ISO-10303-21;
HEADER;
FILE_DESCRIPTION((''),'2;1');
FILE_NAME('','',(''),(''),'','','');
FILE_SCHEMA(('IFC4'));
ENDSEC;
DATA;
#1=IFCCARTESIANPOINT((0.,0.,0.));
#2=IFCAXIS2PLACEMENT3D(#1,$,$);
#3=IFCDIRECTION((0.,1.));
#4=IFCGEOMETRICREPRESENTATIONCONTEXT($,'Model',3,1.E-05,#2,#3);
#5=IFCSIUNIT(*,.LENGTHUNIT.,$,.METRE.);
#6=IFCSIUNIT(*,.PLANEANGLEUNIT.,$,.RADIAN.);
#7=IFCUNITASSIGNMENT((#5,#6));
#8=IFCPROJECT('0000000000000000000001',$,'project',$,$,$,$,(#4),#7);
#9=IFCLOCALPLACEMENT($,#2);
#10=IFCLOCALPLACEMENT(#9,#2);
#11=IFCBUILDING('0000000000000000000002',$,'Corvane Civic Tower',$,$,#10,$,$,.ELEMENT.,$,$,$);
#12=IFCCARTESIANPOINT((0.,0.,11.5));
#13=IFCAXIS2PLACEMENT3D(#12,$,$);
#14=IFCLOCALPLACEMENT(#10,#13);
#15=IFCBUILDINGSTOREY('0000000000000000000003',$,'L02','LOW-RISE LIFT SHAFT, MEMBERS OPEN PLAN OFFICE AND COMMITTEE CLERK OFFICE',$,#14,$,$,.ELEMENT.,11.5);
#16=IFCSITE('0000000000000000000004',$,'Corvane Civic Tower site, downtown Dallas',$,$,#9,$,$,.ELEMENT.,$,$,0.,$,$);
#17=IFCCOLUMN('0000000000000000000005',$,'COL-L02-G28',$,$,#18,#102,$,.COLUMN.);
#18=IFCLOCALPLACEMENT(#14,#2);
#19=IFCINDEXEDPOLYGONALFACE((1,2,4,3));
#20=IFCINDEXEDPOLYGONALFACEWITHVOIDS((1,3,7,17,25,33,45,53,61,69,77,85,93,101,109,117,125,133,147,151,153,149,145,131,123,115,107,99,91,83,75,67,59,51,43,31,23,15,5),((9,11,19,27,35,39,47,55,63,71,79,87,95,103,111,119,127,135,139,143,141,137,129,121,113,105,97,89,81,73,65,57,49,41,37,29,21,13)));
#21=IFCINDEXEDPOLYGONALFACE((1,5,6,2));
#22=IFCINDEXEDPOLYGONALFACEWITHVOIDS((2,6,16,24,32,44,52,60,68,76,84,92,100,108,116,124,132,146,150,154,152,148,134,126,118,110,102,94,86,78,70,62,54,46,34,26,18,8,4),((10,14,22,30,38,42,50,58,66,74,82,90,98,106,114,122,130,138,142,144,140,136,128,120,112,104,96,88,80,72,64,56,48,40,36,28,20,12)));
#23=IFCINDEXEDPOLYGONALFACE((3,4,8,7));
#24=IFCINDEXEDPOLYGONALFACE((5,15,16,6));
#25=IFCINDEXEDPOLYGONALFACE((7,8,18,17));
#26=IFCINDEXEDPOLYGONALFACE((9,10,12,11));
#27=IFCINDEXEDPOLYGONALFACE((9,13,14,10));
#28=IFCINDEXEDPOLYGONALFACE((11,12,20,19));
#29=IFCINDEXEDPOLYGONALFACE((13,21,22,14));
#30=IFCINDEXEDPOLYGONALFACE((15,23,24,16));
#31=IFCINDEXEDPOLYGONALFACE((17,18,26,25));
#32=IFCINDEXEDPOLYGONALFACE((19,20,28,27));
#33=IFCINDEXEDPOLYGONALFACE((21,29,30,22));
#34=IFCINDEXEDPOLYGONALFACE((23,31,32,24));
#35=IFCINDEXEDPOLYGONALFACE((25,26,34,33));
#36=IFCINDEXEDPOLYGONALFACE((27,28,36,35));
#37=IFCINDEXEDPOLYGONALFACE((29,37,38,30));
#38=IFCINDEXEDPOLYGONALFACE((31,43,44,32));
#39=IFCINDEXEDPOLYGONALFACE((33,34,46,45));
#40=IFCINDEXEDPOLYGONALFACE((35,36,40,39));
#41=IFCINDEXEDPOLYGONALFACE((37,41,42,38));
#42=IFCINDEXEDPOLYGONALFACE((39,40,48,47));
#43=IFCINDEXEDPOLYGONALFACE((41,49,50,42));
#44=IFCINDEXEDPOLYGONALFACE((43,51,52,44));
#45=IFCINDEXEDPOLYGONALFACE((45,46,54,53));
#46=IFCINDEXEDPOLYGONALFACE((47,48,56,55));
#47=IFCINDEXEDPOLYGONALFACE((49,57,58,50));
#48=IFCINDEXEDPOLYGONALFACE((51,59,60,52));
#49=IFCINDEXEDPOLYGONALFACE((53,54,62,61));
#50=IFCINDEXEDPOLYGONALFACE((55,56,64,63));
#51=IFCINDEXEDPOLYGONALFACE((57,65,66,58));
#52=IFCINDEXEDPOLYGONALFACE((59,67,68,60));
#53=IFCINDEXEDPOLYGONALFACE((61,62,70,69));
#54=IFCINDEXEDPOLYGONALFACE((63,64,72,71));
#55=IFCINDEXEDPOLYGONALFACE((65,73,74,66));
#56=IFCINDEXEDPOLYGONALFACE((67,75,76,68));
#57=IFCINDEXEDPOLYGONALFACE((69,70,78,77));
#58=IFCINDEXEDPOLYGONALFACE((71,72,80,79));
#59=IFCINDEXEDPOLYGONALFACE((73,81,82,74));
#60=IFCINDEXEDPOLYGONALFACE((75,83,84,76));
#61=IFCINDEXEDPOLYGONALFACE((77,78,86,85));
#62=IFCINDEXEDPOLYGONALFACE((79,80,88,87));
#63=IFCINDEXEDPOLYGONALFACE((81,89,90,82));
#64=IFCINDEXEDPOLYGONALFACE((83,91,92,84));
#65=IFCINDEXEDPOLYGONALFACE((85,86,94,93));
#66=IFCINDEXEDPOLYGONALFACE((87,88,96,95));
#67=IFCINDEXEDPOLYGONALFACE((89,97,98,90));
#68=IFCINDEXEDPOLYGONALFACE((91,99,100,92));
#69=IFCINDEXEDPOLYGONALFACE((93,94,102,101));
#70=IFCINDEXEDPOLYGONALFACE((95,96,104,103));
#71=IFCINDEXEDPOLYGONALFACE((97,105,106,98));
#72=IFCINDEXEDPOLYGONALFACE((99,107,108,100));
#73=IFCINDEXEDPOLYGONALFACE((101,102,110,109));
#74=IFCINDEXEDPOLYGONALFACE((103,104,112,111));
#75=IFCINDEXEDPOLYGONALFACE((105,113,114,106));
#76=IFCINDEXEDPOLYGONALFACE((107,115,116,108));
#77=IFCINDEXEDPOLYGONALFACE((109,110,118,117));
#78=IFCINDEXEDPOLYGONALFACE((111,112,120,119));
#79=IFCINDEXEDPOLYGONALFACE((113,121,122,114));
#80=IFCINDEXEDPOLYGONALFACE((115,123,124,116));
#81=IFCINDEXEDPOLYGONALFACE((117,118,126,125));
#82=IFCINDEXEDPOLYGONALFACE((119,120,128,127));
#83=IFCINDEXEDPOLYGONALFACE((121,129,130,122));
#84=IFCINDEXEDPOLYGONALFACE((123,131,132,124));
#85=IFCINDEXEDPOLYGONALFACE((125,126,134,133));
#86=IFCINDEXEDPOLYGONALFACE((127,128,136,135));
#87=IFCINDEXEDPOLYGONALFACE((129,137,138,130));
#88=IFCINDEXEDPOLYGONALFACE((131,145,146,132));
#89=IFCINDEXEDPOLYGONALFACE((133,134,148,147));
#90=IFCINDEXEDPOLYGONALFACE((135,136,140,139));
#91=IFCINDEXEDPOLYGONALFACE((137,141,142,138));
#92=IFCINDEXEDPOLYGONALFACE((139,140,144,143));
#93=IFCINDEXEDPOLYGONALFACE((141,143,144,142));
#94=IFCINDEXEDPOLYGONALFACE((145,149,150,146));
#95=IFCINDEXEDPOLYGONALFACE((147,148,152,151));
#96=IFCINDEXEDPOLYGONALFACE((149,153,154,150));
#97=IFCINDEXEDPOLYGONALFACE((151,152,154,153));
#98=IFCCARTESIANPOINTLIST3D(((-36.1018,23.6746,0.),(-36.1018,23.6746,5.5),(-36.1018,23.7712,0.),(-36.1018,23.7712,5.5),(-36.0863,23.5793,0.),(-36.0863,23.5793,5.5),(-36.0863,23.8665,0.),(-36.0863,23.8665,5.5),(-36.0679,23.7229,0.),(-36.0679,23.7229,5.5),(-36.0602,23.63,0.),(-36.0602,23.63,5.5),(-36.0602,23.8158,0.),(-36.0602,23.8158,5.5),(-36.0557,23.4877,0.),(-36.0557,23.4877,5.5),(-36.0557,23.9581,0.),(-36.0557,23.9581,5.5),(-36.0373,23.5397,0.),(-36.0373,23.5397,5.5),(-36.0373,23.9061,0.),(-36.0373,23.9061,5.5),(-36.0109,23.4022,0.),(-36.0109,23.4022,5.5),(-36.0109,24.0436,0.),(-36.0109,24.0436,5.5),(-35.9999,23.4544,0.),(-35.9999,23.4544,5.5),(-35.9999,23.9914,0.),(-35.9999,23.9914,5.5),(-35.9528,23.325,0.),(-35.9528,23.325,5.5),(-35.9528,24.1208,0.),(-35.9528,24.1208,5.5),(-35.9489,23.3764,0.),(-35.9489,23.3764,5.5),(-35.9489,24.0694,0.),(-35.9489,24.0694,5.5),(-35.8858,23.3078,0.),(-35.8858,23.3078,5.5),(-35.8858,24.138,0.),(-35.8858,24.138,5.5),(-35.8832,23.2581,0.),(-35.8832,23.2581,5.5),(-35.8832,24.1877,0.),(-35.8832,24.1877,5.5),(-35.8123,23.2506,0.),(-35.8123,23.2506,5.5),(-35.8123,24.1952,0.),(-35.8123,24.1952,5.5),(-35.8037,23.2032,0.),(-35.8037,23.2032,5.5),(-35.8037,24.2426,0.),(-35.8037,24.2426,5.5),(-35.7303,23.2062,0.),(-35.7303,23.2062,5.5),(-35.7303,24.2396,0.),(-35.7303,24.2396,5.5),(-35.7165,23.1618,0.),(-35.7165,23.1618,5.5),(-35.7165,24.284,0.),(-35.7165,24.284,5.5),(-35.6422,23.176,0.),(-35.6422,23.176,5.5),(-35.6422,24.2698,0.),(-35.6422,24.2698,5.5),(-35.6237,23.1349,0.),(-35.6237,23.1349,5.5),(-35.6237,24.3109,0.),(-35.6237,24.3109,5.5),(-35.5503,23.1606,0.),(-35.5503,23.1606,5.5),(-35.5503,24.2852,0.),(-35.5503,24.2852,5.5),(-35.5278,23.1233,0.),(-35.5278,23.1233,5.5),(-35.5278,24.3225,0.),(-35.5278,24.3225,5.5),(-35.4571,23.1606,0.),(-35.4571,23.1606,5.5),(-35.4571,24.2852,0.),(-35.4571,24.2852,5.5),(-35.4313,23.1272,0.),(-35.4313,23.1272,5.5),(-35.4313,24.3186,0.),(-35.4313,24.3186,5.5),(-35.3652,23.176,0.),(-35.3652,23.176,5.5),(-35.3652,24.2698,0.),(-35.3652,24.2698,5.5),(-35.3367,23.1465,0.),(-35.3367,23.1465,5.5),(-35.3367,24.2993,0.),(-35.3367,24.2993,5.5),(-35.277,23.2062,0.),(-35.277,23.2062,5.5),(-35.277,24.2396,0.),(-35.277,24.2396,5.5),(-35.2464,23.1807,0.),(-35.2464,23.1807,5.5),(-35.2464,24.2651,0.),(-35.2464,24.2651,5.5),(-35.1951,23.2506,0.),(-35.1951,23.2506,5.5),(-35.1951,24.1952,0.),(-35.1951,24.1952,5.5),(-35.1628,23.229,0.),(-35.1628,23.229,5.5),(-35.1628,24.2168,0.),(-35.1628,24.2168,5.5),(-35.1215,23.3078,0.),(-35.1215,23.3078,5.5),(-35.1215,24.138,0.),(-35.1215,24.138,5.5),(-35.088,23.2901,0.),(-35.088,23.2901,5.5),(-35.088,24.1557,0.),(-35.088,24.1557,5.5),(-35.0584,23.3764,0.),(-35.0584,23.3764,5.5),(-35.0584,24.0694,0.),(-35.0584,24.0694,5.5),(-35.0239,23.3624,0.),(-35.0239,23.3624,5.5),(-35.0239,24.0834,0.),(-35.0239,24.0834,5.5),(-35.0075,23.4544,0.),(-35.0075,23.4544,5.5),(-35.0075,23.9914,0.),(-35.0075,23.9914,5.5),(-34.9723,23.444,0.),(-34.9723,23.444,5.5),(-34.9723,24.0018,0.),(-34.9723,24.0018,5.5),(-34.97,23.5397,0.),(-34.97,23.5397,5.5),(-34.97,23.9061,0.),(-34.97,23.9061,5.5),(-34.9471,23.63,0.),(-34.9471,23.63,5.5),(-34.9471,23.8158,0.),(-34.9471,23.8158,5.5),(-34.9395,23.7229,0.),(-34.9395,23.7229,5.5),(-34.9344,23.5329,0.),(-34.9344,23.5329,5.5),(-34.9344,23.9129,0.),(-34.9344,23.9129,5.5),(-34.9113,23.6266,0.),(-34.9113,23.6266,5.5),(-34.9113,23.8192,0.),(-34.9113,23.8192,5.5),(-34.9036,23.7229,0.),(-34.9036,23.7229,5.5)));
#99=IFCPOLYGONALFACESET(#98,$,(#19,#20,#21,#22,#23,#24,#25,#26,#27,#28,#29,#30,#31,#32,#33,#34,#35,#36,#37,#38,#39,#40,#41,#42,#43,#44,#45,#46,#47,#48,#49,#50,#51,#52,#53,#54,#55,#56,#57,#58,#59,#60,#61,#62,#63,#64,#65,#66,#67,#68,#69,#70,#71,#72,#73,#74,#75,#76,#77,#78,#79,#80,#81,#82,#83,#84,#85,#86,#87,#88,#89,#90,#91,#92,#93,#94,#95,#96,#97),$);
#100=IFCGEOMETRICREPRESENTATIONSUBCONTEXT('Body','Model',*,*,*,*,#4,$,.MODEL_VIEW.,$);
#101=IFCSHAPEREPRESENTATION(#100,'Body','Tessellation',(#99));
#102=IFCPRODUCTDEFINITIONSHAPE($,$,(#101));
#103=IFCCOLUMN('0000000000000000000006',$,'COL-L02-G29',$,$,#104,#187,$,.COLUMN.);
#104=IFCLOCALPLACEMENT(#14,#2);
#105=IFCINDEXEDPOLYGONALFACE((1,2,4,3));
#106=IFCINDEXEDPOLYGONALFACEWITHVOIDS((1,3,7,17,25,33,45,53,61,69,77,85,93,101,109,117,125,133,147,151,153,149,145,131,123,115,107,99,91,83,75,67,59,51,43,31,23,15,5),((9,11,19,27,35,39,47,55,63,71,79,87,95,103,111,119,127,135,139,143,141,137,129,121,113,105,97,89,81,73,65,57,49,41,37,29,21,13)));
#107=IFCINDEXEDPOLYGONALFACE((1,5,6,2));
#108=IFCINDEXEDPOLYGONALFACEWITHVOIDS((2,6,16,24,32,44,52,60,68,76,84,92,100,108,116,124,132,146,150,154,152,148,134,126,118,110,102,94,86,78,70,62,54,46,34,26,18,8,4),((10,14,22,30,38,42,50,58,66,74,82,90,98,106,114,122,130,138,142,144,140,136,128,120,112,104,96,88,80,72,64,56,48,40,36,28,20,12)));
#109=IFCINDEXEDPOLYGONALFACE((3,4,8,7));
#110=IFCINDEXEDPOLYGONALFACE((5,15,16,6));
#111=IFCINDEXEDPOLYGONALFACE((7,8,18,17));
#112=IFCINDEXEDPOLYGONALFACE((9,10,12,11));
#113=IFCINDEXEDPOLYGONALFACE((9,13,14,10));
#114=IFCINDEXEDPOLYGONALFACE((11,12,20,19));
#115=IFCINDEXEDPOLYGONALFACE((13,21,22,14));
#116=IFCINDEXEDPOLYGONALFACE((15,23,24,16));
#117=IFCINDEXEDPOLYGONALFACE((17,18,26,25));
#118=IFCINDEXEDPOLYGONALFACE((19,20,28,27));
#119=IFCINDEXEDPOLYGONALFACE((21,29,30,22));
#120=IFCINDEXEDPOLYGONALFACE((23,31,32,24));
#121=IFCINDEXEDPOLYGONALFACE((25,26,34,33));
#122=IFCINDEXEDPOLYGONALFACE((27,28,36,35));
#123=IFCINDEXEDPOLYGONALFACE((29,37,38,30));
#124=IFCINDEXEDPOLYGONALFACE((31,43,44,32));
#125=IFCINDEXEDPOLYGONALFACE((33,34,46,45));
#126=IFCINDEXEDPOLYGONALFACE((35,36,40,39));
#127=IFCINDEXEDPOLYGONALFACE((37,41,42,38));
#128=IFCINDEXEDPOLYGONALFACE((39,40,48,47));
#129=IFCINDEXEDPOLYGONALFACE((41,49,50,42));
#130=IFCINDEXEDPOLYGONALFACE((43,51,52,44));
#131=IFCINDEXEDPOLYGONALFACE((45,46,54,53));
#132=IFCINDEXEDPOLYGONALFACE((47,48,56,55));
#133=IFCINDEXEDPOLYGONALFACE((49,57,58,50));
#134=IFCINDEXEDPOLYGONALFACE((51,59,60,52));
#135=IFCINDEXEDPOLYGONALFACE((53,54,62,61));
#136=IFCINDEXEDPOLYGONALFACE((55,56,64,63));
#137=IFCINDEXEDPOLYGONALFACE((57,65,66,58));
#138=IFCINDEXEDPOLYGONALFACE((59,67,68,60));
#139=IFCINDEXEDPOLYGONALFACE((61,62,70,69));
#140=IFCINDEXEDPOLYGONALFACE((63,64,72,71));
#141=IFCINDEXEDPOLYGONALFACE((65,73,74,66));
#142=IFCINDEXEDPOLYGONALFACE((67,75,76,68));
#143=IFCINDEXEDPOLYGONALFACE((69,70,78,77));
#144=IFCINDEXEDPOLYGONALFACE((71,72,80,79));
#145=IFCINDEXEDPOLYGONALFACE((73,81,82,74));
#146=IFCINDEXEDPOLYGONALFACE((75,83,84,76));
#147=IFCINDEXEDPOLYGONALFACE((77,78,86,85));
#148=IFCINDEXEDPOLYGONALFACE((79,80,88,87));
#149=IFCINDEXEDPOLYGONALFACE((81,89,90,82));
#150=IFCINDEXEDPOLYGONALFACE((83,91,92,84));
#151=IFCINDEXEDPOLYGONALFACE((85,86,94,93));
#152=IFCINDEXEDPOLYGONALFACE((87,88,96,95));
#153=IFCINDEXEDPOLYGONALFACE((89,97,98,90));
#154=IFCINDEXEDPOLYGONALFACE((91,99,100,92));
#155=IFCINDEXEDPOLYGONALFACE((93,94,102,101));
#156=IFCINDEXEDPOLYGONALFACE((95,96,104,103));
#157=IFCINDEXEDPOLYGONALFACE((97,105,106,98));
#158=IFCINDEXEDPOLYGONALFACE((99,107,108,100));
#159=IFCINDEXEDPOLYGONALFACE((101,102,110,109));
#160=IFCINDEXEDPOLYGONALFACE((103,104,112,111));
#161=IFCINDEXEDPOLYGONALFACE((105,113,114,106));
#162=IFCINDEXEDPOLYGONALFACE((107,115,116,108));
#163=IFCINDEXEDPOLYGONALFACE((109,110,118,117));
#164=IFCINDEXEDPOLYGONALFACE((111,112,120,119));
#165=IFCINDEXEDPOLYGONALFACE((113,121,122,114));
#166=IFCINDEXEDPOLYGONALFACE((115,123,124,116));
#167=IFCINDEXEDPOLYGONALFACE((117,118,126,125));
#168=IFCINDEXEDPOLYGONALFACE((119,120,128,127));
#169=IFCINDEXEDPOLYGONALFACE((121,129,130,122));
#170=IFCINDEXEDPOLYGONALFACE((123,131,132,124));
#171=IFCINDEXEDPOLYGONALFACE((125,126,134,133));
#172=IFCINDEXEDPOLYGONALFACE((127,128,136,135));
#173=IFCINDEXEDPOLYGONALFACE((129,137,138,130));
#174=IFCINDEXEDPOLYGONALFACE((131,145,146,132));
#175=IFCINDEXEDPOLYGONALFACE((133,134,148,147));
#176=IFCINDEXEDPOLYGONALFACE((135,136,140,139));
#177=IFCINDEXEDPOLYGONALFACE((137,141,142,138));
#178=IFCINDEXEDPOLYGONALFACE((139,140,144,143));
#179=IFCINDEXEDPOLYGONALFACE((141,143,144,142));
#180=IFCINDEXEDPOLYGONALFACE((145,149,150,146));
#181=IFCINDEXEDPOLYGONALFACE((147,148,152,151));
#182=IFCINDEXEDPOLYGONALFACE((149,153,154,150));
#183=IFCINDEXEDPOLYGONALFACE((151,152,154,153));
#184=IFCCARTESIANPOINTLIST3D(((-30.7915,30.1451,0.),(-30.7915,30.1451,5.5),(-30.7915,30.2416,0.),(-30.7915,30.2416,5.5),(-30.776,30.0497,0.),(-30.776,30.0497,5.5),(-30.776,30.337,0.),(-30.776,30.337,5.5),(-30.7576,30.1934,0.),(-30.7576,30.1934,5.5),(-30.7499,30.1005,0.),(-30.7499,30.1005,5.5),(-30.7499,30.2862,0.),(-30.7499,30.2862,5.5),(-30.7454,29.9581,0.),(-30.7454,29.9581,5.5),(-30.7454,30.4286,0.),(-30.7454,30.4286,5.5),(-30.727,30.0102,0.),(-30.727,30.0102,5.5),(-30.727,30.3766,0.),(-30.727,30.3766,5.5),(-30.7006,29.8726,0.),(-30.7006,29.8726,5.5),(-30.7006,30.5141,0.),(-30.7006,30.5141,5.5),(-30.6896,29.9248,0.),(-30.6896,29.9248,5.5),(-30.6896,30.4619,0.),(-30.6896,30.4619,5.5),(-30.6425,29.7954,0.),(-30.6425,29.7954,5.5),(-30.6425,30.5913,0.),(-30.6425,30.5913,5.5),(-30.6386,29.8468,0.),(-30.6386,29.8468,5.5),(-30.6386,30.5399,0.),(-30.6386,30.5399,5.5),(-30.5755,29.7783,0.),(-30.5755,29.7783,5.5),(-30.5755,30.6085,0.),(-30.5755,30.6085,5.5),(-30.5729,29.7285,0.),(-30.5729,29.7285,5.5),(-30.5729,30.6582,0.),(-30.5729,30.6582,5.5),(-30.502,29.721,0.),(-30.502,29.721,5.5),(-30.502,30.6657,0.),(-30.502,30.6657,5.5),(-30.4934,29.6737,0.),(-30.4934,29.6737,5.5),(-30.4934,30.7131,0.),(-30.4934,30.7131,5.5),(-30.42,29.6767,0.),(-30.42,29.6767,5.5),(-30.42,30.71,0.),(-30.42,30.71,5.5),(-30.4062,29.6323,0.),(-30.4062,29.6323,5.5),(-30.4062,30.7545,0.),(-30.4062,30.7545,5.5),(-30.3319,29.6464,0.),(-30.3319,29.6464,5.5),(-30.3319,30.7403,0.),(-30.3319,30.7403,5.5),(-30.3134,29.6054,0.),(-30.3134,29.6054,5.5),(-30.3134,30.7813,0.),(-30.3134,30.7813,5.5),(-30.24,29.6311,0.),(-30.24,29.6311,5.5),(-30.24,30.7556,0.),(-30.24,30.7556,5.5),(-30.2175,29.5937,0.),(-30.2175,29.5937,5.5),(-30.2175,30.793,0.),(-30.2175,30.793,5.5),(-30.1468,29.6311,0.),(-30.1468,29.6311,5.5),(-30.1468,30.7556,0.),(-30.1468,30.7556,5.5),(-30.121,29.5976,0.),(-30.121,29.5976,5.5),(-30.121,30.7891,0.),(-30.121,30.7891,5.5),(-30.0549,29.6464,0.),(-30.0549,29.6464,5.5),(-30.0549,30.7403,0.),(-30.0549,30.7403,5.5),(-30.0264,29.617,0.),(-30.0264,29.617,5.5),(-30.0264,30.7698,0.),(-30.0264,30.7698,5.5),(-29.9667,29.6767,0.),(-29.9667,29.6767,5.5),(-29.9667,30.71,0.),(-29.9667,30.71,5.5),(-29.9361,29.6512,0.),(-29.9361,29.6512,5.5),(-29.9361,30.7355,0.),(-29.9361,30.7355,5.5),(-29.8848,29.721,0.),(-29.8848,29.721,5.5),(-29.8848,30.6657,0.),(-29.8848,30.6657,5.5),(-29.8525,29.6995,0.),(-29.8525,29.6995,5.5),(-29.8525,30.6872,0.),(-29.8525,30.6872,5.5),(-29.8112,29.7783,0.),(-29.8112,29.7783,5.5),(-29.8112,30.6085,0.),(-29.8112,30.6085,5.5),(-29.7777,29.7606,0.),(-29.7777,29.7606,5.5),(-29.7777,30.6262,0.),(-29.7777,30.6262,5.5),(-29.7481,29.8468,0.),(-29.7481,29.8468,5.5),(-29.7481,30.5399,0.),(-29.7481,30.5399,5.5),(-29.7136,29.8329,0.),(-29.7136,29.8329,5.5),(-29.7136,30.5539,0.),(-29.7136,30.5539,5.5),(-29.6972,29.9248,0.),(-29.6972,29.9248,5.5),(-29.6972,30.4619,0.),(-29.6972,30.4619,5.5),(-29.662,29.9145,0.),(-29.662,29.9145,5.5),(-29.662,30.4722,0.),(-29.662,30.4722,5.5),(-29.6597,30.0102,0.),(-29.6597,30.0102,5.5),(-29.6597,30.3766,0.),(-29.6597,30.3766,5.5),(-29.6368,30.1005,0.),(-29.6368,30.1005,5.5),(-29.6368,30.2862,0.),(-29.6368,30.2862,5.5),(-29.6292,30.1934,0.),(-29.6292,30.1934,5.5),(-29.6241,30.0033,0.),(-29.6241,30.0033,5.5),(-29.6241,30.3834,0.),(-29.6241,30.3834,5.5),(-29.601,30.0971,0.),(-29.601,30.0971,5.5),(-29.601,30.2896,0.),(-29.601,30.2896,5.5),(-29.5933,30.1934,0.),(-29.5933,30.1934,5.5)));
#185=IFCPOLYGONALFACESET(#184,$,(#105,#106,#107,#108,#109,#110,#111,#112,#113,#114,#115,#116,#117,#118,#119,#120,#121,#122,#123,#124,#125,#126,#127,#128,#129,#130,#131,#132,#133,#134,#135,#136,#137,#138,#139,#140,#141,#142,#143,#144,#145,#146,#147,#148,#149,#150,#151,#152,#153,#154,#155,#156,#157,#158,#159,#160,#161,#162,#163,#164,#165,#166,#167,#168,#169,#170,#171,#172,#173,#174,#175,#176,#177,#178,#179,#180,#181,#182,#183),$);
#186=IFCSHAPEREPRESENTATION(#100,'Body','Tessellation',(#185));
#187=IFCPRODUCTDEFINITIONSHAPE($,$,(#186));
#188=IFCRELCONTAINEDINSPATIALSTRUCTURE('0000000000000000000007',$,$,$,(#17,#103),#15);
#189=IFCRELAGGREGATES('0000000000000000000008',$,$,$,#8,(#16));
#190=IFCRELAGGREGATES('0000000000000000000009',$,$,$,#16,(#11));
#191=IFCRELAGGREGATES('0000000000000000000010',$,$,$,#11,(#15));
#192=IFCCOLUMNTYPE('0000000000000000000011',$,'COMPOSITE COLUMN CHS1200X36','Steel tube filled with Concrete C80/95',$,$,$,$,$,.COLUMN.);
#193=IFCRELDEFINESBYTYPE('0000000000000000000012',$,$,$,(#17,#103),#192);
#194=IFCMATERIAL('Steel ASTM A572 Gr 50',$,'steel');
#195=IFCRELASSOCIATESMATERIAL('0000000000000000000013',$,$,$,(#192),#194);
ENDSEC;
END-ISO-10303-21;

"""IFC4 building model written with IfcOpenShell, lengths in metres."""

from ifc_helpers import new_model, si_unit, direction, frame, origin, origin_2d, place, context, subcontext, project, spatial, hollow_circle, extrude, material, material_profile, profile_set, type_object, element, save


model = new_model("IFC4")

# Units and contexts
model_context = context("Model", 3, precision=1e-05, world=origin(), true_north=direction((0.0, 1.0)))
body_context = subcontext(model_context, "Body", "Model", "MODEL_VIEW")
ifc_project = project(units=[si_unit("LENGTHUNIT", "METRE"), si_unit("PLANEANGLEUNIT", "RADIAN")], contexts=[model_context])

# Site, building, storey
site_placement = place(None, origin())
site = spatial("IfcSite", under=ifc_project, at=site_placement, Name="Corvane Civic Tower site, downtown Dallas", CompositionType="ELEMENT", RefElevation=0.0)
building_placement = place(site_placement, origin())
building = spatial("IfcBuilding", under=site, at=building_placement, Name="Corvane Civic Tower", CompositionType="ELEMENT")
storey_placement = place(building_placement, frame((0.0, 0.0, 11.5)))
storey = spatial("IfcBuildingStorey", under=building, at=storey_placement, Name="L02", Description="LOW-RISE LIFT SHAFT, MEMBERS OPEN PLAN OFFICE AND COMMITTEE CLERK OFFICE", CompositionType="ELEMENT", Elevation=11.5)

# Columns
ifc_material_1 = material(Name="Steel ASTM A572 Gr 50", Category="steel")
ifc_material_profile_1 = material_profile(ifc_material_1, hollow_circle(Radius=0.6001, WallThickness=0.0359, at=origin_2d()), Name="CHS1200X36")
ifc_profile_set_1 = profile_set([ifc_material_profile_1], Name="Steel ASTM A572 Gr 50")
column_type_1 = type_object("IfcColumnType", Name="COMPOSITE COLUMN CHS1200X36", Description="Steel tube filled with Concrete C80/95", PredefinedType="COLUMN", material=ifc_profile_set_1)
for number, where, z_axis, x_axis, name in (
    (1, (-35.5037, 23.7229, 0.0), (0.0, 0.0, 1.0), (1.0, 0.0, 0.0), "COL-L02-G28"),
    (2, (-30.1934, 30.1934, 0.0), (0.0, 0.0, 1.0), (1.0, 0.0, 0.0), "COL-L02-G29"),
):
    element("IfcColumn", number, at=place(storey_placement, frame(where, z_axis=z_axis, x_axis=x_axis)), inside=storey, type_object=column_type_1, Name=name, PredefinedType="COLUMN", context=body_context, shape_type="SweptSolid", body=[
        extrude(hollow_circle(Radius=0.6001, WallThickness=0.0359, at=origin_2d()), origin(), (0.0, 0.0, 1.0), 5.5),
    ])

save(model, "model.ifc")
